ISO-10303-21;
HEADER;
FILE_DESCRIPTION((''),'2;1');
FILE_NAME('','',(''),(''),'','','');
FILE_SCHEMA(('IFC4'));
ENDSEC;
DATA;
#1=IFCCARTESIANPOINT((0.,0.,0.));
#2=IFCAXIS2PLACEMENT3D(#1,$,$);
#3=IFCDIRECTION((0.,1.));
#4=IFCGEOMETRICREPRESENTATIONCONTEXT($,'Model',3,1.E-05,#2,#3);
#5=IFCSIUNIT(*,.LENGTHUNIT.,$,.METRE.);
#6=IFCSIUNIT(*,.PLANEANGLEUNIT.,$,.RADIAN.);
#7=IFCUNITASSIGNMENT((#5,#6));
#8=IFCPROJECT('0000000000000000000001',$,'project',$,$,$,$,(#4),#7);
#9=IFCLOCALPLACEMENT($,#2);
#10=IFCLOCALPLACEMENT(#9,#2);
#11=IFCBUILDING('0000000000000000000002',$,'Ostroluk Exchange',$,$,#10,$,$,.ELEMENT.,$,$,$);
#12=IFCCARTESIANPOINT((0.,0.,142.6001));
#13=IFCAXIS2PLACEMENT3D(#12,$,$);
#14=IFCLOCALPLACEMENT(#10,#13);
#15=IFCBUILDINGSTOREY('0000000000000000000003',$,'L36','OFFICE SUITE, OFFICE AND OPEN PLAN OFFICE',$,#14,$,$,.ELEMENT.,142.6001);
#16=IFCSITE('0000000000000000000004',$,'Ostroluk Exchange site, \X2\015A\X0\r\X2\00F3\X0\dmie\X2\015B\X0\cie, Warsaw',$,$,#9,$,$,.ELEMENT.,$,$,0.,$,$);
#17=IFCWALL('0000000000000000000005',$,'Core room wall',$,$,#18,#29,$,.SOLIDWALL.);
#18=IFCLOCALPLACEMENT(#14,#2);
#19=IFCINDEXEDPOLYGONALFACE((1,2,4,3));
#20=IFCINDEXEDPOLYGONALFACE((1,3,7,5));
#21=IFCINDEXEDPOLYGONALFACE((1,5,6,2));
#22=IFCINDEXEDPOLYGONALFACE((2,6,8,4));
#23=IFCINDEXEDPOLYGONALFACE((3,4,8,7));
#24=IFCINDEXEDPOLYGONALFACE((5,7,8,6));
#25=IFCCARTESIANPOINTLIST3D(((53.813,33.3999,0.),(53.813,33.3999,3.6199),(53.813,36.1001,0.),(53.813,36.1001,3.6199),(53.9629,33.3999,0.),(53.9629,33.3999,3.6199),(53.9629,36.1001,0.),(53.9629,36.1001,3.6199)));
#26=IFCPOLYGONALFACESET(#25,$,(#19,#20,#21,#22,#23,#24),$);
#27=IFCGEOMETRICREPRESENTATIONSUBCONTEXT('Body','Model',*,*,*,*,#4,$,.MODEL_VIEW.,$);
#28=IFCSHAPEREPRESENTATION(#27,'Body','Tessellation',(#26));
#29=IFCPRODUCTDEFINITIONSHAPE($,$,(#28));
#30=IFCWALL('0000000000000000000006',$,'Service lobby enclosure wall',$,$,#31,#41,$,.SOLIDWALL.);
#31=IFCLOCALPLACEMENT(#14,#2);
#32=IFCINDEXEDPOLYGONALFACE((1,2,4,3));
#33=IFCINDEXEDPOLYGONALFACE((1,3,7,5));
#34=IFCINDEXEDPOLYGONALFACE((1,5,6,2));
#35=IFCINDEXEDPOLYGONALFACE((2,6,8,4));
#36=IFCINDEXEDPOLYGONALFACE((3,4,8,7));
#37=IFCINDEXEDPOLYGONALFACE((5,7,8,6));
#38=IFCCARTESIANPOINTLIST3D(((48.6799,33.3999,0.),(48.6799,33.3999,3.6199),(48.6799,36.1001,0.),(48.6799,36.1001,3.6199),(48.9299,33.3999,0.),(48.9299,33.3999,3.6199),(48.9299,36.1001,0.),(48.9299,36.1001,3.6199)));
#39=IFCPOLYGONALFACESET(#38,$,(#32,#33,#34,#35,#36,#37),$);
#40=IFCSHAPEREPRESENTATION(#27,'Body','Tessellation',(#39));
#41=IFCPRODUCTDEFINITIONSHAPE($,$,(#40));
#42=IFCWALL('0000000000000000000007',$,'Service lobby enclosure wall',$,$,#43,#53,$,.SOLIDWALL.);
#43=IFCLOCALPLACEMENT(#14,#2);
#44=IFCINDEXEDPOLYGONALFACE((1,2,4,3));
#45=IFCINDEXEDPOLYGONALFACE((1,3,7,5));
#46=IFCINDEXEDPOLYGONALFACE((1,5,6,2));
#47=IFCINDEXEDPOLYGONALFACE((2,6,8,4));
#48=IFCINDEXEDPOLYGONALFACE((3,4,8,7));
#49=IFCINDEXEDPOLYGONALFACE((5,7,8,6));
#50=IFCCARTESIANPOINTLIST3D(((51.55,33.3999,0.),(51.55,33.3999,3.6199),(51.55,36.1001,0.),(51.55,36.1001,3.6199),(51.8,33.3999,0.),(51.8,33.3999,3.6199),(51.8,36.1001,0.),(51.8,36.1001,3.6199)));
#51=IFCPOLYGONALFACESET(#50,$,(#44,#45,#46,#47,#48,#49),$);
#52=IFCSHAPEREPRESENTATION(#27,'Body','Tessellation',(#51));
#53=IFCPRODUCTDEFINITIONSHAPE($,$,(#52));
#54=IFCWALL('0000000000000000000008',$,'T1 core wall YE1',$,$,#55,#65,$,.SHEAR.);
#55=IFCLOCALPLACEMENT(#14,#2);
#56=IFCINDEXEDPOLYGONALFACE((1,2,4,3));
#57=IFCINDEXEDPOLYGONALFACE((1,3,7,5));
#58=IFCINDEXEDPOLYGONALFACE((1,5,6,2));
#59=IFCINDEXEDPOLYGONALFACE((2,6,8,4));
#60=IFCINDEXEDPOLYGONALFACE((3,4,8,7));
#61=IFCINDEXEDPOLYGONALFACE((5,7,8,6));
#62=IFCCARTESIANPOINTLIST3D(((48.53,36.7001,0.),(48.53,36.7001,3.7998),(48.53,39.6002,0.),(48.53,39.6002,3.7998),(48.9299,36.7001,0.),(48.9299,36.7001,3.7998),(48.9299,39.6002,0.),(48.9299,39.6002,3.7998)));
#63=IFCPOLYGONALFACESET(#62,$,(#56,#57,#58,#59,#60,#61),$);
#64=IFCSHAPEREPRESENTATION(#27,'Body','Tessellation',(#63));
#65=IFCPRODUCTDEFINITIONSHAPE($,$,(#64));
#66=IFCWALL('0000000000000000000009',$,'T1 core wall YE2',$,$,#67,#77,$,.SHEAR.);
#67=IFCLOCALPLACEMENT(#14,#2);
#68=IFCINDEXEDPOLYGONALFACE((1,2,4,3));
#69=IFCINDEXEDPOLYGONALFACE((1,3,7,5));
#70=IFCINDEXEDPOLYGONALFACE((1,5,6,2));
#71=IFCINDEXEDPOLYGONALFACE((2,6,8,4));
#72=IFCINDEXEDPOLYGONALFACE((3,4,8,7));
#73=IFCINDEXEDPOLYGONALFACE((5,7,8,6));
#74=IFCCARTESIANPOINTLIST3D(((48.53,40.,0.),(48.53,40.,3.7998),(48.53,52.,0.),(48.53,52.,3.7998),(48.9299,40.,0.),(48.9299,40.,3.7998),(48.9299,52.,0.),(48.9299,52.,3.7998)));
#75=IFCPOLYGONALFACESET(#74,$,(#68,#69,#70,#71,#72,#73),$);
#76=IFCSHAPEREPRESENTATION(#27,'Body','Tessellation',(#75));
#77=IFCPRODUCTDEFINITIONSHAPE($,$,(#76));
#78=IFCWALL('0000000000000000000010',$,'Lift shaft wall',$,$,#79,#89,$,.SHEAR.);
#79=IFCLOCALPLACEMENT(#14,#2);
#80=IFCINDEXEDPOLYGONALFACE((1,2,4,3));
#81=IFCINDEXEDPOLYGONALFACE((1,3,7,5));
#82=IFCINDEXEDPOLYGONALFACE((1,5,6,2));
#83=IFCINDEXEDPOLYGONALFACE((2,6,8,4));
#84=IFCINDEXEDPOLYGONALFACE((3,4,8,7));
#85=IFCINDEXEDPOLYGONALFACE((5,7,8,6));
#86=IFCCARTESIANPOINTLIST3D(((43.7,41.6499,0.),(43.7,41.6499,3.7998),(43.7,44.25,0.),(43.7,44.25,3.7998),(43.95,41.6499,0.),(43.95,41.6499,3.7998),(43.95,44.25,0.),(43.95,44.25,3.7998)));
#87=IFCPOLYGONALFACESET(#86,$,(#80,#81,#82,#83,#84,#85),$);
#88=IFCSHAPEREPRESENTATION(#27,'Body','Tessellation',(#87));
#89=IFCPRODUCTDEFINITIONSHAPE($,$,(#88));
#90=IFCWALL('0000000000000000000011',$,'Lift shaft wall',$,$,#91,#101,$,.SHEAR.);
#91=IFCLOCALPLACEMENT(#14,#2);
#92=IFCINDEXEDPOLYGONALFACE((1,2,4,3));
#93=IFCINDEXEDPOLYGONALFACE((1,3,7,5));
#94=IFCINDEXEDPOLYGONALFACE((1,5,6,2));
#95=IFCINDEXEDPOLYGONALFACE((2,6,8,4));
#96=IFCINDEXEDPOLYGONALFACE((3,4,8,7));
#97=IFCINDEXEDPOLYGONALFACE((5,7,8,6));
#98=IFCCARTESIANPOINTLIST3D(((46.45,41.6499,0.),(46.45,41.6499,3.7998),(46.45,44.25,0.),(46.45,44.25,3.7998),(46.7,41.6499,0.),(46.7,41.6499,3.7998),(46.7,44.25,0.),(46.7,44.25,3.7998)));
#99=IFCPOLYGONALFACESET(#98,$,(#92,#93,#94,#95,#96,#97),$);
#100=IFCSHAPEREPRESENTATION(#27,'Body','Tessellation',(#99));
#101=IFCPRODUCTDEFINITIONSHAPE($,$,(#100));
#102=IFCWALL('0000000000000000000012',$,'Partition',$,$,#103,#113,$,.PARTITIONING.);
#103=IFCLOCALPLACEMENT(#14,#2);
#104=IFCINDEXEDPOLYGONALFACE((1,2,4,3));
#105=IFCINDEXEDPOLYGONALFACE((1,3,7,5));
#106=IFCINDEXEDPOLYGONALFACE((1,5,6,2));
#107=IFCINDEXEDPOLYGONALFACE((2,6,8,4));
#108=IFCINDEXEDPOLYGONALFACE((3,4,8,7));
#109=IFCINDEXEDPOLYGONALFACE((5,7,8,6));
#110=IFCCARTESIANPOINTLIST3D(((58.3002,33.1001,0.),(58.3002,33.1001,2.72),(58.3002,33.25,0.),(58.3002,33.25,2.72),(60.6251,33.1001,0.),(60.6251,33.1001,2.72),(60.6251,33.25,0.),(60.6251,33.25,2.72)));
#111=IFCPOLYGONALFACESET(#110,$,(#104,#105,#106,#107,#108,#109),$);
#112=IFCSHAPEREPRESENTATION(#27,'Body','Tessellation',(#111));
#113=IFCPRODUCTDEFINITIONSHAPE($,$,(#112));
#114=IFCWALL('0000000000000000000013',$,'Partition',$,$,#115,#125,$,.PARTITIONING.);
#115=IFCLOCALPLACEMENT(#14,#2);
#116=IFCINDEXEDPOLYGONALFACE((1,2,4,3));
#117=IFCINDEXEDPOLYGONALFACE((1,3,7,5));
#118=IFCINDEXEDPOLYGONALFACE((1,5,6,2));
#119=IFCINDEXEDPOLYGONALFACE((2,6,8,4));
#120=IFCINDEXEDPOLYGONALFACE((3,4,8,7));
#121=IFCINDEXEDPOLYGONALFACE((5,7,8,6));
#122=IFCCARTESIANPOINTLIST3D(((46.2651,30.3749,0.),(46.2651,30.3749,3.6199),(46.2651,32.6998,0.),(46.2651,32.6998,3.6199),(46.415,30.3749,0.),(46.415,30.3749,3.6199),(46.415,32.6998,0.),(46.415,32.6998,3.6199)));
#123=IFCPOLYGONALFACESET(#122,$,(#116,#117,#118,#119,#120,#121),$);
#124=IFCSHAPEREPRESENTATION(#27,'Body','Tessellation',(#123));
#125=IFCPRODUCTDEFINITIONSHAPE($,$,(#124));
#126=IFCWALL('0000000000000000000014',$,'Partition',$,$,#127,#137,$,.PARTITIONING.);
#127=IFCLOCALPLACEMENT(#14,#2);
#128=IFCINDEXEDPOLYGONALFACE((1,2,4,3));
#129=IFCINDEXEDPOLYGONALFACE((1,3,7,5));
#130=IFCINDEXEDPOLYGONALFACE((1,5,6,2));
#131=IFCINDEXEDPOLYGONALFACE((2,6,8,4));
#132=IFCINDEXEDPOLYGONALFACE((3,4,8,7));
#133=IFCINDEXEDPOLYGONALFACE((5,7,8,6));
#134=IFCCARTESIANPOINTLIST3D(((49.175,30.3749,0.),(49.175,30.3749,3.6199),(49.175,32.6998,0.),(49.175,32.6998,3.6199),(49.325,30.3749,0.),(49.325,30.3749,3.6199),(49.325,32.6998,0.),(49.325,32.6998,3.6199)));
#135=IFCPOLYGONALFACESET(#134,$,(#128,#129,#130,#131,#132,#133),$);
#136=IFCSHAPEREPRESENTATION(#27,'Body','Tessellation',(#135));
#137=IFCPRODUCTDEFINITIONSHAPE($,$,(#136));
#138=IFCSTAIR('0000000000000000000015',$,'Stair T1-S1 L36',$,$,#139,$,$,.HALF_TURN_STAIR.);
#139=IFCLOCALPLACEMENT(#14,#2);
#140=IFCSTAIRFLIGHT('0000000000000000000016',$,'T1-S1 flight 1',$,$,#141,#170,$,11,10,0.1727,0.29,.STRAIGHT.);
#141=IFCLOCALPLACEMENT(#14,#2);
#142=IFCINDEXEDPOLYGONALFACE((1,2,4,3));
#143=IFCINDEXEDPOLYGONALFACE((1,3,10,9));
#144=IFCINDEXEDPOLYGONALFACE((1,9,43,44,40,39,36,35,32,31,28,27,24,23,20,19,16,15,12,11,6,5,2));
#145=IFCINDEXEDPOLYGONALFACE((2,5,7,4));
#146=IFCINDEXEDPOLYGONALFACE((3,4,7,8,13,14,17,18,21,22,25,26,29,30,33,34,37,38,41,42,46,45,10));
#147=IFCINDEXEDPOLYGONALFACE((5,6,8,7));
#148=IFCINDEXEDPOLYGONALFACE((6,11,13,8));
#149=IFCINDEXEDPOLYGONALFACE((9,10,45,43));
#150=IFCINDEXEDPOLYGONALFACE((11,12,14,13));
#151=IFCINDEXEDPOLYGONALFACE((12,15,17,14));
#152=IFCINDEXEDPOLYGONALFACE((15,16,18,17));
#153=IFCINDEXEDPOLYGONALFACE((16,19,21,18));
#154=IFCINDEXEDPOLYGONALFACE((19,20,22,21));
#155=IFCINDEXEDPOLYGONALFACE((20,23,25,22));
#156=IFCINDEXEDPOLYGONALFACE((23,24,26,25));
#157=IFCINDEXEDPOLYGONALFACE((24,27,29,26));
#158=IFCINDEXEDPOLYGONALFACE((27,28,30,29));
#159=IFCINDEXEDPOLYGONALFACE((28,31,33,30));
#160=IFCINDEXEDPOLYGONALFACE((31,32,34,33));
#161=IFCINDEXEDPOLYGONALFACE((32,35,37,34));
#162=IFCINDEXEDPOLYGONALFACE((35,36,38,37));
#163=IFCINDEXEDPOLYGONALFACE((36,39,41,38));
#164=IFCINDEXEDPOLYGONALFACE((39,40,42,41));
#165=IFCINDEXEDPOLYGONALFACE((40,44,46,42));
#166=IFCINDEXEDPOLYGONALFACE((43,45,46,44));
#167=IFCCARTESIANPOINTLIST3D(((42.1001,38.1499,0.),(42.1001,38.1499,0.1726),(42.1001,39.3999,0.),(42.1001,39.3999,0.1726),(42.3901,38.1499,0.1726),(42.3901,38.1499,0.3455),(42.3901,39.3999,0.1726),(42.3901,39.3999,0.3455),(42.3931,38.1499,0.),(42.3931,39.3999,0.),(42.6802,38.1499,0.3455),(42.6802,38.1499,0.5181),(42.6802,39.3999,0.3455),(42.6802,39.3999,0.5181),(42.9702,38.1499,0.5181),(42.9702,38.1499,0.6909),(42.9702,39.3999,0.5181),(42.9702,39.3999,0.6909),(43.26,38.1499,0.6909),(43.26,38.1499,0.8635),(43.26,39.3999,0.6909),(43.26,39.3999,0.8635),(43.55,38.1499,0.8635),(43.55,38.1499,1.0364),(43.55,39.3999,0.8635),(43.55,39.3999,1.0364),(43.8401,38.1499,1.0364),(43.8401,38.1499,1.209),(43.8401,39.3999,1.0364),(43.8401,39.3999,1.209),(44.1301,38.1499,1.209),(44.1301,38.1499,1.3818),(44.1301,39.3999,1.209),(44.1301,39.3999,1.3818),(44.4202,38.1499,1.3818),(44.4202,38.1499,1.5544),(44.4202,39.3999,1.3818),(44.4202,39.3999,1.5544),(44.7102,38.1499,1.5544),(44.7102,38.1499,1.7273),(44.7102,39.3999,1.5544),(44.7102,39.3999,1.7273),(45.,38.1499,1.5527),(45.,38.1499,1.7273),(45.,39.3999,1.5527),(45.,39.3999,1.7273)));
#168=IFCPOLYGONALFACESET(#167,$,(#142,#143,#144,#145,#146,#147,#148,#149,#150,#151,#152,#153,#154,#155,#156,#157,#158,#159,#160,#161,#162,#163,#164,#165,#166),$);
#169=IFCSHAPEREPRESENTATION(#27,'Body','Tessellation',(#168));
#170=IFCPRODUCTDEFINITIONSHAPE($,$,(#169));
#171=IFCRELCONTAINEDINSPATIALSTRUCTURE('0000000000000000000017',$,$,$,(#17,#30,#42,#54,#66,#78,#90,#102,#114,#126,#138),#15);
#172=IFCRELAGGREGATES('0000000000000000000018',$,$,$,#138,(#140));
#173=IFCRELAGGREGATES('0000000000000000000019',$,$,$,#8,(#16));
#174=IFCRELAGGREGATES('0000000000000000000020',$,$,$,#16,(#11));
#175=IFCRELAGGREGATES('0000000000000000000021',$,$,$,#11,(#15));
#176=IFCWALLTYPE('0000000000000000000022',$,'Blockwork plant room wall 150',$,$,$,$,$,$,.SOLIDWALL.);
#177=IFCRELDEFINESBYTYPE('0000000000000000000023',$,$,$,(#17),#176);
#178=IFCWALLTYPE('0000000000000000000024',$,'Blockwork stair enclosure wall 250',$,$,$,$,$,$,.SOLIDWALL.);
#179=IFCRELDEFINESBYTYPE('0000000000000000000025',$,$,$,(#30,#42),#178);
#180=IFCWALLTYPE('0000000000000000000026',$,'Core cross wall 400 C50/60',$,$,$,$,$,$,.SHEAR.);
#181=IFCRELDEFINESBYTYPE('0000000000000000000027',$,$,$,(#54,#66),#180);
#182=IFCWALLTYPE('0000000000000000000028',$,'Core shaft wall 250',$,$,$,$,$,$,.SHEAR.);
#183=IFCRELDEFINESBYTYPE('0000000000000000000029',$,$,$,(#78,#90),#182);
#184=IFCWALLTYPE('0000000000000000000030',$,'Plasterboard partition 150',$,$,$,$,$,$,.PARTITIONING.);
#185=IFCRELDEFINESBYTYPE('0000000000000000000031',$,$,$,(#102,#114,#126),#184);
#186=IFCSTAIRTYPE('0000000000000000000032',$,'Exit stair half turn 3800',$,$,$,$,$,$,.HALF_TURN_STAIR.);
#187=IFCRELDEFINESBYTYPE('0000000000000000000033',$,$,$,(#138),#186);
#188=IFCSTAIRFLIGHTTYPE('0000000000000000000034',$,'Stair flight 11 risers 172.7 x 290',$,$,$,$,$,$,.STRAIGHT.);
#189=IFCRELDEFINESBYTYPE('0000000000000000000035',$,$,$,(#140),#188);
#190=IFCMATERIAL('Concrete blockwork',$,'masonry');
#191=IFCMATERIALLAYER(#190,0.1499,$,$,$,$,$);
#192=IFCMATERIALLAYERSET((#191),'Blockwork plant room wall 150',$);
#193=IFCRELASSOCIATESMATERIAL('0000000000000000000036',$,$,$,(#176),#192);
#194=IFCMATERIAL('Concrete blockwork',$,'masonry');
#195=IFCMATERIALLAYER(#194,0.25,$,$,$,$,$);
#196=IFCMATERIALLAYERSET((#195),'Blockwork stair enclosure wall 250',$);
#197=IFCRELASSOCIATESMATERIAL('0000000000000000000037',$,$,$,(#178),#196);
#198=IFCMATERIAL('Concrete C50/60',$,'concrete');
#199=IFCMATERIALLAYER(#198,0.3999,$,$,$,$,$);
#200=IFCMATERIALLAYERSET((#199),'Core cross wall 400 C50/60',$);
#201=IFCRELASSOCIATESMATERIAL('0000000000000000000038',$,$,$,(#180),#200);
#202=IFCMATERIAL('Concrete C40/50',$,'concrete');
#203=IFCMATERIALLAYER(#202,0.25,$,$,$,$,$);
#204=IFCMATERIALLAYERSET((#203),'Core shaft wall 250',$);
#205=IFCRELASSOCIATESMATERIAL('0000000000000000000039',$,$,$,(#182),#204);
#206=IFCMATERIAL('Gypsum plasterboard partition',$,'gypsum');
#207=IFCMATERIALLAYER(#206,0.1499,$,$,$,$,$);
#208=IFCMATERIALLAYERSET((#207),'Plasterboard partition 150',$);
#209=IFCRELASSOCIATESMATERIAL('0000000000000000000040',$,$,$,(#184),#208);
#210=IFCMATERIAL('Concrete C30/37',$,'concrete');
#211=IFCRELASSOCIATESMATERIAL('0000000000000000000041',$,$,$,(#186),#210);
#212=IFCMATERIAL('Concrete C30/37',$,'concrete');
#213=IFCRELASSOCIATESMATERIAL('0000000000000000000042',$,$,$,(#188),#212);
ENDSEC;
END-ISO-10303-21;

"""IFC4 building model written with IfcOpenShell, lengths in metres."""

from ifc_helpers import new_model, si_unit, direction, frame, frame_2d, origin, place, context, subcontext, project, spatial, polyline, rectangle, outline, extrude, material, layer, layer_set, type_object, element, aggregate, save


model = new_model("IFC4")

# Units and contexts
model_context = context("Model", 3, precision=1e-05, world=origin(), true_north=direction((0.0, 1.0)))
body_context = subcontext(model_context, "Body", "Model", "MODEL_VIEW")
ifc_project = project(units=[si_unit("LENGTHUNIT", "METRE"), si_unit("PLANEANGLEUNIT", "RADIAN")], contexts=[model_context])

# Site, building, storey
site_placement = place(None, origin())
site = spatial("IfcSite", under=ifc_project, at=site_placement, Name="Ostroluk Exchange site, Śródmieście, Warsaw", CompositionType="ELEMENT", RefElevation=0.0)
building_placement = place(site_placement, origin())
building = spatial("IfcBuilding", under=site, at=building_placement, Name="Ostroluk Exchange", CompositionType="ELEMENT")
storey_placement = place(building_placement, frame((0.0, 0.0, 142.6001)))
storey = spatial("IfcBuildingStorey", under=building, at=storey_placement, Name="L36", Description="OFFICE SUITE, OFFICE AND OPEN PLAN OFFICE", CompositionType="ELEMENT", Elevation=142.6001)

# Walls
ifc_material_1 = material(Name="Concrete blockwork", Category="masonry")
ifc_layer_1 = layer(ifc_material_1, 0.1499)
ifc_layer_set_1 = layer_set([ifc_layer_1], Name="Blockwork plant room wall 150")
wall_type_1 = type_object("IfcWallType", Name="Blockwork plant room wall 150", PredefinedType="SOLIDWALL", material=ifc_layer_set_1)
wall_1_placement = place(storey_placement, frame((53.8879, 33.3999, 0.0), z_axis=(0.0, 0.0, 1.0), x_axis=(0.0, 1.0, 0.0)))
element("IfcWall", 1, at=wall_1_placement, inside=storey, type_object=wall_type_1, Name="Core room wall", PredefinedType="SOLIDWALL", context=body_context, shape_type="SweptSolid", body=[
    extrude(rectangle(XDim=2.7002, YDim=0.1499, at=frame_2d((1.3501, 0.0))), origin(), (0.0, 0.0, 1.0), 3.6199),
])
ifc_material_2 = material(Name="Concrete blockwork", Category="masonry")
ifc_layer_2 = layer(ifc_material_2, 0.25)
ifc_layer_set_2 = layer_set([ifc_layer_2], Name="Blockwork stair enclosure wall 250")
wall_type_2 = type_object("IfcWallType", Name="Blockwork stair enclosure wall 250", PredefinedType="SOLIDWALL", material=ifc_layer_set_2)
for number, where, z_axis, x_axis, name in (
    (2, (48.8049, 33.3999, 0.0), (0.0, 0.0, 1.0), (0.0, 1.0, 0.0), "Service lobby enclosure wall"),
    (3, (51.675, 33.3999, 0.0), (0.0, 0.0, 1.0), (0.0, 1.0, 0.0), "Service lobby enclosure wall"),
):
    element("IfcWall", number, at=place(storey_placement, frame(where, z_axis=z_axis, x_axis=x_axis)), inside=storey, type_object=wall_type_2, Name=name, PredefinedType="SOLIDWALL", context=body_context, shape_type="SweptSolid", body=[
        extrude(rectangle(XDim=2.7002, YDim=0.25, at=frame_2d((1.3501, 0.0))), origin(), (0.0, 0.0, 1.0), 3.6199),
    ])
ifc_material_3 = material(Name="Concrete C50/60", Category="concrete")
ifc_layer_3 = layer(ifc_material_3, 0.3999)
ifc_layer_set_3 = layer_set([ifc_layer_3], Name="Core cross wall 400 C50/60")
wall_type_3 = type_object("IfcWallType", Name="Core cross wall 400 C50/60", PredefinedType="SHEAR", material=ifc_layer_set_3)
wall_2_placement = place(storey_placement, frame((48.73, 36.7, 0.0), z_axis=(0.0, 0.0, 1.0), x_axis=(0.0, 1.0, 0.0)))
element("IfcWall", 4, at=wall_2_placement, inside=storey, type_object=wall_type_3, Name="T1 core wall YE1", PredefinedType="SHEAR", context=body_context, shape_type="SweptSolid", body=[
    extrude(rectangle(XDim=2.9001, YDim=0.3999, at=frame_2d((1.4502, 0.0))), origin(), (0.0, 0.0, 1.0), 3.7998),
])
wall_3_placement = place(storey_placement, frame((48.73, 40.0, 0.0), z_axis=(0.0, 0.0, 1.0), x_axis=(0.0, 1.0, 0.0)))
element("IfcWall", 5, at=wall_3_placement, inside=storey, type_object=wall_type_3, Name="T1 core wall YE2", PredefinedType="SHEAR", context=body_context, shape_type="SweptSolid", body=[
    extrude(rectangle(XDim=12.0, YDim=0.3999, at=frame_2d((6.0, 0.0))), origin(), (0.0, 0.0, 1.0), 3.7998),
])

# Shared definitions
ifc_material_4 = material(Name="Concrete C40/50", Category="concrete")
ifc_layer_4 = layer(ifc_material_4, 0.25)
ifc_layer_set_4 = layer_set([ifc_layer_4], Name="Core shaft wall 250")
wall_type_4 = type_object("IfcWallType", Name="Core shaft wall 250", PredefinedType="SHEAR", material=ifc_layer_set_4)

# Walls
for number, where, z_axis, x_axis, name in (
    (6, (43.825, 44.25, 0.0), (0.0, 0.0, 1.0), (0.0, -1.0, 0.0), "Lift shaft wall"),
    (7, (46.575, 44.25, 0.0), (0.0, 0.0, 1.0), (0.0, -1.0, 0.0), "Lift shaft wall"),
):
    element("IfcWall", number, at=place(storey_placement, frame(where, z_axis=z_axis, x_axis=x_axis)), inside=storey, type_object=wall_type_4, Name=name, PredefinedType="SHEAR", context=body_context, shape_type="SweptSolid", body=[
        extrude(rectangle(XDim=2.6001, YDim=0.25, at=frame_2d((1.3, 0.0))), origin(), (0.0, 0.0, 1.0), 3.7998),
    ])

# Walls
ifc_material_5 = material(Name="Gypsum plasterboard partition", Category="gypsum")
ifc_layer_5 = layer(ifc_material_5, 0.1499)
ifc_layer_set_5 = layer_set([ifc_layer_5], Name="Plasterboard partition 150")
wall_type_5 = type_object("IfcWallType", Name="Plasterboard partition 150", PredefinedType="PARTITIONING", material=ifc_layer_set_5)
wall_4_placement = place(storey_placement, frame((58.3, 33.175, 0.0), z_axis=(0.0, 0.0, 1.0), x_axis=(1.0, 0.0, 0.0)))
element("IfcWall", 8, at=wall_4_placement, inside=storey, type_object=wall_type_5, Name="Partition", PredefinedType="PARTITIONING", context=body_context, shape_type="SweptSolid", body=[
    extrude(rectangle(XDim=2.325, YDim=0.1499, at=frame_2d((1.1626, 0.0))), origin(), (0.0, 0.0, 1.0), 2.72),
])
for number, where, z_axis, x_axis, name in (
    (9, (46.3401, 32.7, 0.0), (0.0, 0.0, 1.0), (0.0, -1.0, 0.0), "Partition"),
    (10, (49.25, 32.7, 0.0), (0.0, 0.0, 1.0), (0.0, -1.0, 0.0), "Partition"),
):
    element("IfcWall", number, at=place(storey_placement, frame(where, z_axis=z_axis, x_axis=x_axis)), inside=storey, type_object=wall_type_5, Name=name, PredefinedType="PARTITIONING", context=body_context, shape_type="SweptSolid", body=[
        extrude(rectangle(XDim=2.325, YDim=0.1499, at=frame_2d((1.1626, 0.0))), origin(), (0.0, 0.0, 1.0), 3.6199),
    ])

# Stair, stair flight
ifc_material_6 = material(Name="Concrete C30/37", Category="concrete")
stair_type = type_object("IfcStairType", Name="Exit stair half turn 3800", PredefinedType="HALF_TURN_STAIR", material=ifc_material_6)
stair_placement = place(storey_placement, origin())
stair = element("IfcStair", 11, at=stair_placement, inside=storey, type_object=stair_type, Name="Stair T1-S1 L36", PredefinedType="HALF_TURN_STAIR")
ifc_material_7 = material(Name="Concrete C30/37", Category="concrete")
stair_flight_type = type_object("IfcStairFlightType", Name="Stair flight 11 risers 172.7 x 290", PredefinedType="STRAIGHT", material=ifc_material_7)
stair_flight_1_placement = place(storey_placement, frame((42.1001, 38.7749, 0.0), z_axis=(0.0, 0.0, 1.0), x_axis=(1.0, 0.0, 0.0)))
stair_flight_1 = element("IfcStairFlight", 12, at=stair_flight_1_placement, type_object=stair_flight_type, Name="T1-S1 flight 1", NumberOfRisers=11, NumberOfTreads=10, PredefinedType="STRAIGHT", RiserHeight=0.1727, TreadLength=0.29, context=body_context, shape_type="SweptSolid", body=[
    extrude(outline(polyline([(0.0, 0.0), (0.0, 0.1726), (0.29, 0.1726), (0.29, 0.3455), (0.5801, 0.3455), (0.5801, 0.5181), (0.8701, 0.5181), (0.8701, 0.6909), (1.1599, 0.6909), (1.1599, 0.8635), (1.45, 0.8635), (1.45, 1.0364), (1.74, 1.0364), (1.74, 1.209), (2.03, 1.209), (2.03, 1.3818), (2.3201, 1.3818), (2.3201, 1.5544), (2.6101, 1.5544), (2.6101, 1.7273), (2.8999, 1.7273), (2.8999, 1.8999), (2.8999, 1.5527), (0.293, 0.0), (0.0, 0.0)])), frame((0.0, 0.625, 0.0), z_axis=(0.0, -1.0, 0.0), x_axis=(1.0, 0.0, 0.0)), (0.0, 0.0, 1.0), 1.25),
])
aggregate(stair, [stair_flight_1])

save(model, "model.ifc")
